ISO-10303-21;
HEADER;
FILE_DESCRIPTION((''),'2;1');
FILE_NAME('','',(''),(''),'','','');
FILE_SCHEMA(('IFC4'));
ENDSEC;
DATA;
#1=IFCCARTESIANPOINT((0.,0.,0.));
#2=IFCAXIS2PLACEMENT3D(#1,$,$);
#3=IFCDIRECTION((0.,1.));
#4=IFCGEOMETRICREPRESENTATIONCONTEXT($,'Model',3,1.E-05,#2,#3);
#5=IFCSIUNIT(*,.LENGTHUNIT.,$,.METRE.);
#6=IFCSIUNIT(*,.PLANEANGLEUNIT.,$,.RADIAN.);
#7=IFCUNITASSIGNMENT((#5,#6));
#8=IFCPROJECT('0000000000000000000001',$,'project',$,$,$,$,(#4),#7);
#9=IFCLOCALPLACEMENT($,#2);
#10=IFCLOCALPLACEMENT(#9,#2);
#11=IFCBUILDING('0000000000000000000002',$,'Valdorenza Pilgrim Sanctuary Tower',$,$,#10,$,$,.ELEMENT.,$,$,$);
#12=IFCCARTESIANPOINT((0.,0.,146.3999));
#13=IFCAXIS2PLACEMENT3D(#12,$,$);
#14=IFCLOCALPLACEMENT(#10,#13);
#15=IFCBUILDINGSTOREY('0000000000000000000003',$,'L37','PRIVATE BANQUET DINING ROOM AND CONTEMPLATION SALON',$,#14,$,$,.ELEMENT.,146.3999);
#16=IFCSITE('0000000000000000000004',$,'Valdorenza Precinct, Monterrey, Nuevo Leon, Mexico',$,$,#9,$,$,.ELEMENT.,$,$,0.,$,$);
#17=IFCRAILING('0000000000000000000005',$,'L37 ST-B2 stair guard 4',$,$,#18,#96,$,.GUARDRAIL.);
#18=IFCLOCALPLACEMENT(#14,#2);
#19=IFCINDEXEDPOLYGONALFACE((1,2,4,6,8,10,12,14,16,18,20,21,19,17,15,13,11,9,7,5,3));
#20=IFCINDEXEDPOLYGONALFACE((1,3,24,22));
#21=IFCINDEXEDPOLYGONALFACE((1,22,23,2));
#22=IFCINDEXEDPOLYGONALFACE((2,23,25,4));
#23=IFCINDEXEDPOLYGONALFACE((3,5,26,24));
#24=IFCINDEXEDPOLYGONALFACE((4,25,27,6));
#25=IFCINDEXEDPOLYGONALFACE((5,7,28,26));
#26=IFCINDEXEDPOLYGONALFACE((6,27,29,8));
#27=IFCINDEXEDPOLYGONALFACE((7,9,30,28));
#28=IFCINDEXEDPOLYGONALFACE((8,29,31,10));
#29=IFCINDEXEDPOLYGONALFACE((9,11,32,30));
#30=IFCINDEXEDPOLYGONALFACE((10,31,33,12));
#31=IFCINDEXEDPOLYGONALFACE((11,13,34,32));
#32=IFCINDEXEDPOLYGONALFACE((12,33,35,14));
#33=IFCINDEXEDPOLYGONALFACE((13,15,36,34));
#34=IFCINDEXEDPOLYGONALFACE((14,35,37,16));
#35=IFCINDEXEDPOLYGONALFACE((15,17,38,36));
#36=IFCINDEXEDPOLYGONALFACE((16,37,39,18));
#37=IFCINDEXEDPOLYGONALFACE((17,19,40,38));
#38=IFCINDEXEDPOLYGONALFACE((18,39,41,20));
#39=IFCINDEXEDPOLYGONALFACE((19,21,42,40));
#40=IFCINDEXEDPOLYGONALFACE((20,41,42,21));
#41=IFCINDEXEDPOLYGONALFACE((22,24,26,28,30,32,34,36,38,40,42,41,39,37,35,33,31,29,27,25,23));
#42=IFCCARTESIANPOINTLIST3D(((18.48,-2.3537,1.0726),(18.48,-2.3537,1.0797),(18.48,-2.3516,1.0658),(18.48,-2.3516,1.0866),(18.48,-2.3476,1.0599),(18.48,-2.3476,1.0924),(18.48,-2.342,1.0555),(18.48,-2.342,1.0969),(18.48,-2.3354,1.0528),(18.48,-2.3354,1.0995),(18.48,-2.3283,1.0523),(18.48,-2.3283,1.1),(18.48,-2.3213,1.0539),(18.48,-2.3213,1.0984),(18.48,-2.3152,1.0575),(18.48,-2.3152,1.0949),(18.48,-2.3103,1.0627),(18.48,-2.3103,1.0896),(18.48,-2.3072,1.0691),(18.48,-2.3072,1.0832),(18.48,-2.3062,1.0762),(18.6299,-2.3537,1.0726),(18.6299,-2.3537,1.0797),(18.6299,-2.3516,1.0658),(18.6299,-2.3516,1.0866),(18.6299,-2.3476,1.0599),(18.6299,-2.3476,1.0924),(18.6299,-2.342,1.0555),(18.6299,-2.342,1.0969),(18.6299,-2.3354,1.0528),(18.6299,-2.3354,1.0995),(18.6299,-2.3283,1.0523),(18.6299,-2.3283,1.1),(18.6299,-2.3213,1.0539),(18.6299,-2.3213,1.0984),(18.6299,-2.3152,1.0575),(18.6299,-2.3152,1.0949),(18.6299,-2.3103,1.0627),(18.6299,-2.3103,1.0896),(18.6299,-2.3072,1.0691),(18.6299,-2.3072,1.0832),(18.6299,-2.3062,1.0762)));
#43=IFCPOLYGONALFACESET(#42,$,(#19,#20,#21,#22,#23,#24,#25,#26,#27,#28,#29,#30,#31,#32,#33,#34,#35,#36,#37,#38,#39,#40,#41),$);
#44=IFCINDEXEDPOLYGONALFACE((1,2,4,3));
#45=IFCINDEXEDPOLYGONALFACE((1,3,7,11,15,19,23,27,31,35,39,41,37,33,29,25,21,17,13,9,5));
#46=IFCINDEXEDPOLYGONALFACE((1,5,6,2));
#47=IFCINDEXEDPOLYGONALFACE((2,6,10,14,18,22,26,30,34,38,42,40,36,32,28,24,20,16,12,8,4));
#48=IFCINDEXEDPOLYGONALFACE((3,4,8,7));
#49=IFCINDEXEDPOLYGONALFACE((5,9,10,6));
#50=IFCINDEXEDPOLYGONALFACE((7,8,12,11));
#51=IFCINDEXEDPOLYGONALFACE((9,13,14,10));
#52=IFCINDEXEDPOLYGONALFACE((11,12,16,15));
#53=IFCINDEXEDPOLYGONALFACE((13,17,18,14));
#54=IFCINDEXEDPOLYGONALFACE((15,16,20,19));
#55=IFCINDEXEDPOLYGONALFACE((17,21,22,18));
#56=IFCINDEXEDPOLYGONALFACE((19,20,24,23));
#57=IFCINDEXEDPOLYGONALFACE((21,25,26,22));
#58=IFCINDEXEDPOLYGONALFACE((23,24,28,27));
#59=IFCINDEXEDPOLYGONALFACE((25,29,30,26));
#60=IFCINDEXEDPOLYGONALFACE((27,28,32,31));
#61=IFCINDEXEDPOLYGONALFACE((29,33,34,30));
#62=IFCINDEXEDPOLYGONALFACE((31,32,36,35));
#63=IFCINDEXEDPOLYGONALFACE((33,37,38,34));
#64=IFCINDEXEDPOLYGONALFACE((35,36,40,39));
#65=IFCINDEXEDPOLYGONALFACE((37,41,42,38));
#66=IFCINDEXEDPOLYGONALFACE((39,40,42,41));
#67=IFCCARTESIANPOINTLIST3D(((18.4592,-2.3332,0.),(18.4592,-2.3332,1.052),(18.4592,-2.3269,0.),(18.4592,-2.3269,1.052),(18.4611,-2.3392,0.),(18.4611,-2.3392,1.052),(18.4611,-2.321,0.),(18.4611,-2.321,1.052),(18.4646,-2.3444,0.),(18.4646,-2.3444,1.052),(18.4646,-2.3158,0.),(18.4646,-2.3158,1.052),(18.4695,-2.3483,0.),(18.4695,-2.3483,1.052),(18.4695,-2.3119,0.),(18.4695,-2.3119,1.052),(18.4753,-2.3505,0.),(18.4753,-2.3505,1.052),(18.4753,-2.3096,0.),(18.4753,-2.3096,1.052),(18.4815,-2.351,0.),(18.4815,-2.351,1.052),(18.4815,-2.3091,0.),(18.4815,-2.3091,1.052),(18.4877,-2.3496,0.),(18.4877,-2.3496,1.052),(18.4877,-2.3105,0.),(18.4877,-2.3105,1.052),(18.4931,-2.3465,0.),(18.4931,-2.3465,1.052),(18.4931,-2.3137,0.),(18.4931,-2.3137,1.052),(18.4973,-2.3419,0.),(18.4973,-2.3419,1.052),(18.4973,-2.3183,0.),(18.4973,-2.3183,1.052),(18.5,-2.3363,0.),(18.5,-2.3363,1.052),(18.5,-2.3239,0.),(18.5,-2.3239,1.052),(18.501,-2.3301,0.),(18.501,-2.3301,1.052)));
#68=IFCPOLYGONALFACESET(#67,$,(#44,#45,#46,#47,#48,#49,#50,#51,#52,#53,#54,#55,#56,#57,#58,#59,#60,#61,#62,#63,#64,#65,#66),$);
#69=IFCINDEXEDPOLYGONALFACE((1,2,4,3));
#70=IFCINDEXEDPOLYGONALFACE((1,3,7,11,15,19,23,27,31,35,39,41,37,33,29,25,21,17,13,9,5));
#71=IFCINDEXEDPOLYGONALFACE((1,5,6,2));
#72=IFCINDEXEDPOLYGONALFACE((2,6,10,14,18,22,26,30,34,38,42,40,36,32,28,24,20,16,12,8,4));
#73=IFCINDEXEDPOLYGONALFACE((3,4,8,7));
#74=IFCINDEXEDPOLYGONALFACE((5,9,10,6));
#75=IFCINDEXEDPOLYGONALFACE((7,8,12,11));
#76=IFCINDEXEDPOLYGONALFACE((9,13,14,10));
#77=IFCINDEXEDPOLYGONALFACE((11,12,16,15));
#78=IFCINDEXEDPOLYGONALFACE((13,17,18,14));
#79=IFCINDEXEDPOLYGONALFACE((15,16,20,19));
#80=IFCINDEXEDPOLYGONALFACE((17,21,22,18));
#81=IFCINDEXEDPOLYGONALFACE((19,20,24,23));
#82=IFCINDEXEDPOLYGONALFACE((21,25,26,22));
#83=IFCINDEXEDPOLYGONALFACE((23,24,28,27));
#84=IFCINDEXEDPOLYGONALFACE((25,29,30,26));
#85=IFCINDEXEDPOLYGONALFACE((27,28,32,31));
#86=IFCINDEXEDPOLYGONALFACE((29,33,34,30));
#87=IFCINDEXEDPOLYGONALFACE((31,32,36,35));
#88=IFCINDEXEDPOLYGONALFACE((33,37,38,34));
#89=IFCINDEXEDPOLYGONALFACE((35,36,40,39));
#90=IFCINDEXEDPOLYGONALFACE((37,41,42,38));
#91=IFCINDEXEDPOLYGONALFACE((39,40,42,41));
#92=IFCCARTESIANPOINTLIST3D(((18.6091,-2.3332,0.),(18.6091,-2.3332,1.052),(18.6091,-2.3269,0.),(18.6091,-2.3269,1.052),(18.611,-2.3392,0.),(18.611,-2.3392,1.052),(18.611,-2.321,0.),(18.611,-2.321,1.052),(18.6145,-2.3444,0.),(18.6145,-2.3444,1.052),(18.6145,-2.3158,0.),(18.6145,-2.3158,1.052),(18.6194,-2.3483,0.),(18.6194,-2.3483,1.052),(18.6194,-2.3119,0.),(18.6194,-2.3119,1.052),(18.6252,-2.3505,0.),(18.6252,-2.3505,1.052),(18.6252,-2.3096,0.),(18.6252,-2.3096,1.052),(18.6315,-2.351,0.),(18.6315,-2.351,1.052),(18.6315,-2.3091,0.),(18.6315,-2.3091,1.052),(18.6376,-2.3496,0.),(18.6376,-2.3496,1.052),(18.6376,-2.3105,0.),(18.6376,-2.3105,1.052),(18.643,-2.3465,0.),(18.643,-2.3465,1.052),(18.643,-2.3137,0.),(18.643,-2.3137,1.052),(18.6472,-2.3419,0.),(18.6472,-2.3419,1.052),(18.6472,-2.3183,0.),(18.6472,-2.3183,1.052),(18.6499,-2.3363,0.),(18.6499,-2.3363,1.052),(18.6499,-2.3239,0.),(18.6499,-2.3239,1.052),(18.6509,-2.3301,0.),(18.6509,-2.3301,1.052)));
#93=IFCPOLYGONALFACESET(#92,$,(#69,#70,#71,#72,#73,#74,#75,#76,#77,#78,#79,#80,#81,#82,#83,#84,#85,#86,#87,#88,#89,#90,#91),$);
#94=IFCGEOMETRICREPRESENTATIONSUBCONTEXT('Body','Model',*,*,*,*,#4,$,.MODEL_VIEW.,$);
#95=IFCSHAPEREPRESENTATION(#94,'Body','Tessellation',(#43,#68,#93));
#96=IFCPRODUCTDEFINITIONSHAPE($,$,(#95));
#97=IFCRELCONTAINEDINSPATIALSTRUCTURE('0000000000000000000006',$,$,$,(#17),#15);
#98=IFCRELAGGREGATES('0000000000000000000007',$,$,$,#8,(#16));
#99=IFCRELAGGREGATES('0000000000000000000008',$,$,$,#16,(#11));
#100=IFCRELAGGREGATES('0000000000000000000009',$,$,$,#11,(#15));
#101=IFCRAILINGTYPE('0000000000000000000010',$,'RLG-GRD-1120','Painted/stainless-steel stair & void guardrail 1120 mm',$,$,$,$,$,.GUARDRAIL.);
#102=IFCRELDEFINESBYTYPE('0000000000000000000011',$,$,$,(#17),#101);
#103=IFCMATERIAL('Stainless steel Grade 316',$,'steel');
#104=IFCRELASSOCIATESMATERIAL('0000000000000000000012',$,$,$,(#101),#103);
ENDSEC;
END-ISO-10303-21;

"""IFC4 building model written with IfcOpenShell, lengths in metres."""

from ifc_helpers import new_model, si_unit, direction, frame, origin, origin_2d, place, context, subcontext, project, spatial, circle, extrude, material, type_object, element, save


model = new_model("IFC4")

# Units and contexts
model_context = context("Model", 3, precision=1e-05, world=origin(), true_north=direction((0.0, 1.0)))
body_context = subcontext(model_context, "Body", "Model", "MODEL_VIEW")
ifc_project = project(units=[si_unit("LENGTHUNIT", "METRE"), si_unit("PLANEANGLEUNIT", "RADIAN")], contexts=[model_context])

# Site, building, storey
site_placement = place(None, origin())
site = spatial("IfcSite", under=ifc_project, at=site_placement, Name="Valdorenza Precinct, Monterrey, Nuevo Leon, Mexico", CompositionType="ELEMENT", RefElevation=0.0)
building_placement = place(site_placement, origin())
building = spatial("IfcBuilding", under=site, at=building_placement, Name="Valdorenza Pilgrim Sanctuary Tower", CompositionType="ELEMENT")
storey_placement = place(building_placement, frame((0.0, 0.0, 146.3999)))
storey = spatial("IfcBuildingStorey", under=building, at=storey_placement, Name="L37", Description="PRIVATE BANQUET DINING ROOM AND CONTEMPLATION SALON", CompositionType="ELEMENT", Elevation=146.3999)

# Railing
ifc_material_1 = material(Name="Stainless steel Grade 316", Category="steel")
railing_type_1 = type_object("IfcRailingType", Name="RLG-GRD-1120", Description="Painted/stainless-steel stair & void guardrail 1120 mm", PredefinedType="GUARDRAIL", material=ifc_material_1)
railing_1_placement = place(storey_placement, frame((18.48, -2.3301, 0.0)))
element("IfcRailing", 1, at=railing_1_placement, inside=storey, type_object=railing_type_1, Name="L37 ST-B2 stair guard 4", PredefinedType="GUARDRAIL", context=body_context, shape_type="SweptSolid", body=[
    extrude(circle(Radius=0.0239, at=origin_2d()), frame((0.0, 0.0, 1.0762), z_axis=(1.0, 0.0, 0.0), x_axis=(0.0, 1.0, 0.0)), (0.0, 0.0, 1.0), 0.1499),
    extrude(circle(Radius=0.021, at=origin_2d()), origin(), (0.0, 0.0, 1.0), 1.052),
    extrude(circle(Radius=0.021, at=origin_2d()), frame((0.1499, 0.0, 0.0)), (0.0, 0.0, 1.0), 1.052),
])

save(model, "model.ifc")
